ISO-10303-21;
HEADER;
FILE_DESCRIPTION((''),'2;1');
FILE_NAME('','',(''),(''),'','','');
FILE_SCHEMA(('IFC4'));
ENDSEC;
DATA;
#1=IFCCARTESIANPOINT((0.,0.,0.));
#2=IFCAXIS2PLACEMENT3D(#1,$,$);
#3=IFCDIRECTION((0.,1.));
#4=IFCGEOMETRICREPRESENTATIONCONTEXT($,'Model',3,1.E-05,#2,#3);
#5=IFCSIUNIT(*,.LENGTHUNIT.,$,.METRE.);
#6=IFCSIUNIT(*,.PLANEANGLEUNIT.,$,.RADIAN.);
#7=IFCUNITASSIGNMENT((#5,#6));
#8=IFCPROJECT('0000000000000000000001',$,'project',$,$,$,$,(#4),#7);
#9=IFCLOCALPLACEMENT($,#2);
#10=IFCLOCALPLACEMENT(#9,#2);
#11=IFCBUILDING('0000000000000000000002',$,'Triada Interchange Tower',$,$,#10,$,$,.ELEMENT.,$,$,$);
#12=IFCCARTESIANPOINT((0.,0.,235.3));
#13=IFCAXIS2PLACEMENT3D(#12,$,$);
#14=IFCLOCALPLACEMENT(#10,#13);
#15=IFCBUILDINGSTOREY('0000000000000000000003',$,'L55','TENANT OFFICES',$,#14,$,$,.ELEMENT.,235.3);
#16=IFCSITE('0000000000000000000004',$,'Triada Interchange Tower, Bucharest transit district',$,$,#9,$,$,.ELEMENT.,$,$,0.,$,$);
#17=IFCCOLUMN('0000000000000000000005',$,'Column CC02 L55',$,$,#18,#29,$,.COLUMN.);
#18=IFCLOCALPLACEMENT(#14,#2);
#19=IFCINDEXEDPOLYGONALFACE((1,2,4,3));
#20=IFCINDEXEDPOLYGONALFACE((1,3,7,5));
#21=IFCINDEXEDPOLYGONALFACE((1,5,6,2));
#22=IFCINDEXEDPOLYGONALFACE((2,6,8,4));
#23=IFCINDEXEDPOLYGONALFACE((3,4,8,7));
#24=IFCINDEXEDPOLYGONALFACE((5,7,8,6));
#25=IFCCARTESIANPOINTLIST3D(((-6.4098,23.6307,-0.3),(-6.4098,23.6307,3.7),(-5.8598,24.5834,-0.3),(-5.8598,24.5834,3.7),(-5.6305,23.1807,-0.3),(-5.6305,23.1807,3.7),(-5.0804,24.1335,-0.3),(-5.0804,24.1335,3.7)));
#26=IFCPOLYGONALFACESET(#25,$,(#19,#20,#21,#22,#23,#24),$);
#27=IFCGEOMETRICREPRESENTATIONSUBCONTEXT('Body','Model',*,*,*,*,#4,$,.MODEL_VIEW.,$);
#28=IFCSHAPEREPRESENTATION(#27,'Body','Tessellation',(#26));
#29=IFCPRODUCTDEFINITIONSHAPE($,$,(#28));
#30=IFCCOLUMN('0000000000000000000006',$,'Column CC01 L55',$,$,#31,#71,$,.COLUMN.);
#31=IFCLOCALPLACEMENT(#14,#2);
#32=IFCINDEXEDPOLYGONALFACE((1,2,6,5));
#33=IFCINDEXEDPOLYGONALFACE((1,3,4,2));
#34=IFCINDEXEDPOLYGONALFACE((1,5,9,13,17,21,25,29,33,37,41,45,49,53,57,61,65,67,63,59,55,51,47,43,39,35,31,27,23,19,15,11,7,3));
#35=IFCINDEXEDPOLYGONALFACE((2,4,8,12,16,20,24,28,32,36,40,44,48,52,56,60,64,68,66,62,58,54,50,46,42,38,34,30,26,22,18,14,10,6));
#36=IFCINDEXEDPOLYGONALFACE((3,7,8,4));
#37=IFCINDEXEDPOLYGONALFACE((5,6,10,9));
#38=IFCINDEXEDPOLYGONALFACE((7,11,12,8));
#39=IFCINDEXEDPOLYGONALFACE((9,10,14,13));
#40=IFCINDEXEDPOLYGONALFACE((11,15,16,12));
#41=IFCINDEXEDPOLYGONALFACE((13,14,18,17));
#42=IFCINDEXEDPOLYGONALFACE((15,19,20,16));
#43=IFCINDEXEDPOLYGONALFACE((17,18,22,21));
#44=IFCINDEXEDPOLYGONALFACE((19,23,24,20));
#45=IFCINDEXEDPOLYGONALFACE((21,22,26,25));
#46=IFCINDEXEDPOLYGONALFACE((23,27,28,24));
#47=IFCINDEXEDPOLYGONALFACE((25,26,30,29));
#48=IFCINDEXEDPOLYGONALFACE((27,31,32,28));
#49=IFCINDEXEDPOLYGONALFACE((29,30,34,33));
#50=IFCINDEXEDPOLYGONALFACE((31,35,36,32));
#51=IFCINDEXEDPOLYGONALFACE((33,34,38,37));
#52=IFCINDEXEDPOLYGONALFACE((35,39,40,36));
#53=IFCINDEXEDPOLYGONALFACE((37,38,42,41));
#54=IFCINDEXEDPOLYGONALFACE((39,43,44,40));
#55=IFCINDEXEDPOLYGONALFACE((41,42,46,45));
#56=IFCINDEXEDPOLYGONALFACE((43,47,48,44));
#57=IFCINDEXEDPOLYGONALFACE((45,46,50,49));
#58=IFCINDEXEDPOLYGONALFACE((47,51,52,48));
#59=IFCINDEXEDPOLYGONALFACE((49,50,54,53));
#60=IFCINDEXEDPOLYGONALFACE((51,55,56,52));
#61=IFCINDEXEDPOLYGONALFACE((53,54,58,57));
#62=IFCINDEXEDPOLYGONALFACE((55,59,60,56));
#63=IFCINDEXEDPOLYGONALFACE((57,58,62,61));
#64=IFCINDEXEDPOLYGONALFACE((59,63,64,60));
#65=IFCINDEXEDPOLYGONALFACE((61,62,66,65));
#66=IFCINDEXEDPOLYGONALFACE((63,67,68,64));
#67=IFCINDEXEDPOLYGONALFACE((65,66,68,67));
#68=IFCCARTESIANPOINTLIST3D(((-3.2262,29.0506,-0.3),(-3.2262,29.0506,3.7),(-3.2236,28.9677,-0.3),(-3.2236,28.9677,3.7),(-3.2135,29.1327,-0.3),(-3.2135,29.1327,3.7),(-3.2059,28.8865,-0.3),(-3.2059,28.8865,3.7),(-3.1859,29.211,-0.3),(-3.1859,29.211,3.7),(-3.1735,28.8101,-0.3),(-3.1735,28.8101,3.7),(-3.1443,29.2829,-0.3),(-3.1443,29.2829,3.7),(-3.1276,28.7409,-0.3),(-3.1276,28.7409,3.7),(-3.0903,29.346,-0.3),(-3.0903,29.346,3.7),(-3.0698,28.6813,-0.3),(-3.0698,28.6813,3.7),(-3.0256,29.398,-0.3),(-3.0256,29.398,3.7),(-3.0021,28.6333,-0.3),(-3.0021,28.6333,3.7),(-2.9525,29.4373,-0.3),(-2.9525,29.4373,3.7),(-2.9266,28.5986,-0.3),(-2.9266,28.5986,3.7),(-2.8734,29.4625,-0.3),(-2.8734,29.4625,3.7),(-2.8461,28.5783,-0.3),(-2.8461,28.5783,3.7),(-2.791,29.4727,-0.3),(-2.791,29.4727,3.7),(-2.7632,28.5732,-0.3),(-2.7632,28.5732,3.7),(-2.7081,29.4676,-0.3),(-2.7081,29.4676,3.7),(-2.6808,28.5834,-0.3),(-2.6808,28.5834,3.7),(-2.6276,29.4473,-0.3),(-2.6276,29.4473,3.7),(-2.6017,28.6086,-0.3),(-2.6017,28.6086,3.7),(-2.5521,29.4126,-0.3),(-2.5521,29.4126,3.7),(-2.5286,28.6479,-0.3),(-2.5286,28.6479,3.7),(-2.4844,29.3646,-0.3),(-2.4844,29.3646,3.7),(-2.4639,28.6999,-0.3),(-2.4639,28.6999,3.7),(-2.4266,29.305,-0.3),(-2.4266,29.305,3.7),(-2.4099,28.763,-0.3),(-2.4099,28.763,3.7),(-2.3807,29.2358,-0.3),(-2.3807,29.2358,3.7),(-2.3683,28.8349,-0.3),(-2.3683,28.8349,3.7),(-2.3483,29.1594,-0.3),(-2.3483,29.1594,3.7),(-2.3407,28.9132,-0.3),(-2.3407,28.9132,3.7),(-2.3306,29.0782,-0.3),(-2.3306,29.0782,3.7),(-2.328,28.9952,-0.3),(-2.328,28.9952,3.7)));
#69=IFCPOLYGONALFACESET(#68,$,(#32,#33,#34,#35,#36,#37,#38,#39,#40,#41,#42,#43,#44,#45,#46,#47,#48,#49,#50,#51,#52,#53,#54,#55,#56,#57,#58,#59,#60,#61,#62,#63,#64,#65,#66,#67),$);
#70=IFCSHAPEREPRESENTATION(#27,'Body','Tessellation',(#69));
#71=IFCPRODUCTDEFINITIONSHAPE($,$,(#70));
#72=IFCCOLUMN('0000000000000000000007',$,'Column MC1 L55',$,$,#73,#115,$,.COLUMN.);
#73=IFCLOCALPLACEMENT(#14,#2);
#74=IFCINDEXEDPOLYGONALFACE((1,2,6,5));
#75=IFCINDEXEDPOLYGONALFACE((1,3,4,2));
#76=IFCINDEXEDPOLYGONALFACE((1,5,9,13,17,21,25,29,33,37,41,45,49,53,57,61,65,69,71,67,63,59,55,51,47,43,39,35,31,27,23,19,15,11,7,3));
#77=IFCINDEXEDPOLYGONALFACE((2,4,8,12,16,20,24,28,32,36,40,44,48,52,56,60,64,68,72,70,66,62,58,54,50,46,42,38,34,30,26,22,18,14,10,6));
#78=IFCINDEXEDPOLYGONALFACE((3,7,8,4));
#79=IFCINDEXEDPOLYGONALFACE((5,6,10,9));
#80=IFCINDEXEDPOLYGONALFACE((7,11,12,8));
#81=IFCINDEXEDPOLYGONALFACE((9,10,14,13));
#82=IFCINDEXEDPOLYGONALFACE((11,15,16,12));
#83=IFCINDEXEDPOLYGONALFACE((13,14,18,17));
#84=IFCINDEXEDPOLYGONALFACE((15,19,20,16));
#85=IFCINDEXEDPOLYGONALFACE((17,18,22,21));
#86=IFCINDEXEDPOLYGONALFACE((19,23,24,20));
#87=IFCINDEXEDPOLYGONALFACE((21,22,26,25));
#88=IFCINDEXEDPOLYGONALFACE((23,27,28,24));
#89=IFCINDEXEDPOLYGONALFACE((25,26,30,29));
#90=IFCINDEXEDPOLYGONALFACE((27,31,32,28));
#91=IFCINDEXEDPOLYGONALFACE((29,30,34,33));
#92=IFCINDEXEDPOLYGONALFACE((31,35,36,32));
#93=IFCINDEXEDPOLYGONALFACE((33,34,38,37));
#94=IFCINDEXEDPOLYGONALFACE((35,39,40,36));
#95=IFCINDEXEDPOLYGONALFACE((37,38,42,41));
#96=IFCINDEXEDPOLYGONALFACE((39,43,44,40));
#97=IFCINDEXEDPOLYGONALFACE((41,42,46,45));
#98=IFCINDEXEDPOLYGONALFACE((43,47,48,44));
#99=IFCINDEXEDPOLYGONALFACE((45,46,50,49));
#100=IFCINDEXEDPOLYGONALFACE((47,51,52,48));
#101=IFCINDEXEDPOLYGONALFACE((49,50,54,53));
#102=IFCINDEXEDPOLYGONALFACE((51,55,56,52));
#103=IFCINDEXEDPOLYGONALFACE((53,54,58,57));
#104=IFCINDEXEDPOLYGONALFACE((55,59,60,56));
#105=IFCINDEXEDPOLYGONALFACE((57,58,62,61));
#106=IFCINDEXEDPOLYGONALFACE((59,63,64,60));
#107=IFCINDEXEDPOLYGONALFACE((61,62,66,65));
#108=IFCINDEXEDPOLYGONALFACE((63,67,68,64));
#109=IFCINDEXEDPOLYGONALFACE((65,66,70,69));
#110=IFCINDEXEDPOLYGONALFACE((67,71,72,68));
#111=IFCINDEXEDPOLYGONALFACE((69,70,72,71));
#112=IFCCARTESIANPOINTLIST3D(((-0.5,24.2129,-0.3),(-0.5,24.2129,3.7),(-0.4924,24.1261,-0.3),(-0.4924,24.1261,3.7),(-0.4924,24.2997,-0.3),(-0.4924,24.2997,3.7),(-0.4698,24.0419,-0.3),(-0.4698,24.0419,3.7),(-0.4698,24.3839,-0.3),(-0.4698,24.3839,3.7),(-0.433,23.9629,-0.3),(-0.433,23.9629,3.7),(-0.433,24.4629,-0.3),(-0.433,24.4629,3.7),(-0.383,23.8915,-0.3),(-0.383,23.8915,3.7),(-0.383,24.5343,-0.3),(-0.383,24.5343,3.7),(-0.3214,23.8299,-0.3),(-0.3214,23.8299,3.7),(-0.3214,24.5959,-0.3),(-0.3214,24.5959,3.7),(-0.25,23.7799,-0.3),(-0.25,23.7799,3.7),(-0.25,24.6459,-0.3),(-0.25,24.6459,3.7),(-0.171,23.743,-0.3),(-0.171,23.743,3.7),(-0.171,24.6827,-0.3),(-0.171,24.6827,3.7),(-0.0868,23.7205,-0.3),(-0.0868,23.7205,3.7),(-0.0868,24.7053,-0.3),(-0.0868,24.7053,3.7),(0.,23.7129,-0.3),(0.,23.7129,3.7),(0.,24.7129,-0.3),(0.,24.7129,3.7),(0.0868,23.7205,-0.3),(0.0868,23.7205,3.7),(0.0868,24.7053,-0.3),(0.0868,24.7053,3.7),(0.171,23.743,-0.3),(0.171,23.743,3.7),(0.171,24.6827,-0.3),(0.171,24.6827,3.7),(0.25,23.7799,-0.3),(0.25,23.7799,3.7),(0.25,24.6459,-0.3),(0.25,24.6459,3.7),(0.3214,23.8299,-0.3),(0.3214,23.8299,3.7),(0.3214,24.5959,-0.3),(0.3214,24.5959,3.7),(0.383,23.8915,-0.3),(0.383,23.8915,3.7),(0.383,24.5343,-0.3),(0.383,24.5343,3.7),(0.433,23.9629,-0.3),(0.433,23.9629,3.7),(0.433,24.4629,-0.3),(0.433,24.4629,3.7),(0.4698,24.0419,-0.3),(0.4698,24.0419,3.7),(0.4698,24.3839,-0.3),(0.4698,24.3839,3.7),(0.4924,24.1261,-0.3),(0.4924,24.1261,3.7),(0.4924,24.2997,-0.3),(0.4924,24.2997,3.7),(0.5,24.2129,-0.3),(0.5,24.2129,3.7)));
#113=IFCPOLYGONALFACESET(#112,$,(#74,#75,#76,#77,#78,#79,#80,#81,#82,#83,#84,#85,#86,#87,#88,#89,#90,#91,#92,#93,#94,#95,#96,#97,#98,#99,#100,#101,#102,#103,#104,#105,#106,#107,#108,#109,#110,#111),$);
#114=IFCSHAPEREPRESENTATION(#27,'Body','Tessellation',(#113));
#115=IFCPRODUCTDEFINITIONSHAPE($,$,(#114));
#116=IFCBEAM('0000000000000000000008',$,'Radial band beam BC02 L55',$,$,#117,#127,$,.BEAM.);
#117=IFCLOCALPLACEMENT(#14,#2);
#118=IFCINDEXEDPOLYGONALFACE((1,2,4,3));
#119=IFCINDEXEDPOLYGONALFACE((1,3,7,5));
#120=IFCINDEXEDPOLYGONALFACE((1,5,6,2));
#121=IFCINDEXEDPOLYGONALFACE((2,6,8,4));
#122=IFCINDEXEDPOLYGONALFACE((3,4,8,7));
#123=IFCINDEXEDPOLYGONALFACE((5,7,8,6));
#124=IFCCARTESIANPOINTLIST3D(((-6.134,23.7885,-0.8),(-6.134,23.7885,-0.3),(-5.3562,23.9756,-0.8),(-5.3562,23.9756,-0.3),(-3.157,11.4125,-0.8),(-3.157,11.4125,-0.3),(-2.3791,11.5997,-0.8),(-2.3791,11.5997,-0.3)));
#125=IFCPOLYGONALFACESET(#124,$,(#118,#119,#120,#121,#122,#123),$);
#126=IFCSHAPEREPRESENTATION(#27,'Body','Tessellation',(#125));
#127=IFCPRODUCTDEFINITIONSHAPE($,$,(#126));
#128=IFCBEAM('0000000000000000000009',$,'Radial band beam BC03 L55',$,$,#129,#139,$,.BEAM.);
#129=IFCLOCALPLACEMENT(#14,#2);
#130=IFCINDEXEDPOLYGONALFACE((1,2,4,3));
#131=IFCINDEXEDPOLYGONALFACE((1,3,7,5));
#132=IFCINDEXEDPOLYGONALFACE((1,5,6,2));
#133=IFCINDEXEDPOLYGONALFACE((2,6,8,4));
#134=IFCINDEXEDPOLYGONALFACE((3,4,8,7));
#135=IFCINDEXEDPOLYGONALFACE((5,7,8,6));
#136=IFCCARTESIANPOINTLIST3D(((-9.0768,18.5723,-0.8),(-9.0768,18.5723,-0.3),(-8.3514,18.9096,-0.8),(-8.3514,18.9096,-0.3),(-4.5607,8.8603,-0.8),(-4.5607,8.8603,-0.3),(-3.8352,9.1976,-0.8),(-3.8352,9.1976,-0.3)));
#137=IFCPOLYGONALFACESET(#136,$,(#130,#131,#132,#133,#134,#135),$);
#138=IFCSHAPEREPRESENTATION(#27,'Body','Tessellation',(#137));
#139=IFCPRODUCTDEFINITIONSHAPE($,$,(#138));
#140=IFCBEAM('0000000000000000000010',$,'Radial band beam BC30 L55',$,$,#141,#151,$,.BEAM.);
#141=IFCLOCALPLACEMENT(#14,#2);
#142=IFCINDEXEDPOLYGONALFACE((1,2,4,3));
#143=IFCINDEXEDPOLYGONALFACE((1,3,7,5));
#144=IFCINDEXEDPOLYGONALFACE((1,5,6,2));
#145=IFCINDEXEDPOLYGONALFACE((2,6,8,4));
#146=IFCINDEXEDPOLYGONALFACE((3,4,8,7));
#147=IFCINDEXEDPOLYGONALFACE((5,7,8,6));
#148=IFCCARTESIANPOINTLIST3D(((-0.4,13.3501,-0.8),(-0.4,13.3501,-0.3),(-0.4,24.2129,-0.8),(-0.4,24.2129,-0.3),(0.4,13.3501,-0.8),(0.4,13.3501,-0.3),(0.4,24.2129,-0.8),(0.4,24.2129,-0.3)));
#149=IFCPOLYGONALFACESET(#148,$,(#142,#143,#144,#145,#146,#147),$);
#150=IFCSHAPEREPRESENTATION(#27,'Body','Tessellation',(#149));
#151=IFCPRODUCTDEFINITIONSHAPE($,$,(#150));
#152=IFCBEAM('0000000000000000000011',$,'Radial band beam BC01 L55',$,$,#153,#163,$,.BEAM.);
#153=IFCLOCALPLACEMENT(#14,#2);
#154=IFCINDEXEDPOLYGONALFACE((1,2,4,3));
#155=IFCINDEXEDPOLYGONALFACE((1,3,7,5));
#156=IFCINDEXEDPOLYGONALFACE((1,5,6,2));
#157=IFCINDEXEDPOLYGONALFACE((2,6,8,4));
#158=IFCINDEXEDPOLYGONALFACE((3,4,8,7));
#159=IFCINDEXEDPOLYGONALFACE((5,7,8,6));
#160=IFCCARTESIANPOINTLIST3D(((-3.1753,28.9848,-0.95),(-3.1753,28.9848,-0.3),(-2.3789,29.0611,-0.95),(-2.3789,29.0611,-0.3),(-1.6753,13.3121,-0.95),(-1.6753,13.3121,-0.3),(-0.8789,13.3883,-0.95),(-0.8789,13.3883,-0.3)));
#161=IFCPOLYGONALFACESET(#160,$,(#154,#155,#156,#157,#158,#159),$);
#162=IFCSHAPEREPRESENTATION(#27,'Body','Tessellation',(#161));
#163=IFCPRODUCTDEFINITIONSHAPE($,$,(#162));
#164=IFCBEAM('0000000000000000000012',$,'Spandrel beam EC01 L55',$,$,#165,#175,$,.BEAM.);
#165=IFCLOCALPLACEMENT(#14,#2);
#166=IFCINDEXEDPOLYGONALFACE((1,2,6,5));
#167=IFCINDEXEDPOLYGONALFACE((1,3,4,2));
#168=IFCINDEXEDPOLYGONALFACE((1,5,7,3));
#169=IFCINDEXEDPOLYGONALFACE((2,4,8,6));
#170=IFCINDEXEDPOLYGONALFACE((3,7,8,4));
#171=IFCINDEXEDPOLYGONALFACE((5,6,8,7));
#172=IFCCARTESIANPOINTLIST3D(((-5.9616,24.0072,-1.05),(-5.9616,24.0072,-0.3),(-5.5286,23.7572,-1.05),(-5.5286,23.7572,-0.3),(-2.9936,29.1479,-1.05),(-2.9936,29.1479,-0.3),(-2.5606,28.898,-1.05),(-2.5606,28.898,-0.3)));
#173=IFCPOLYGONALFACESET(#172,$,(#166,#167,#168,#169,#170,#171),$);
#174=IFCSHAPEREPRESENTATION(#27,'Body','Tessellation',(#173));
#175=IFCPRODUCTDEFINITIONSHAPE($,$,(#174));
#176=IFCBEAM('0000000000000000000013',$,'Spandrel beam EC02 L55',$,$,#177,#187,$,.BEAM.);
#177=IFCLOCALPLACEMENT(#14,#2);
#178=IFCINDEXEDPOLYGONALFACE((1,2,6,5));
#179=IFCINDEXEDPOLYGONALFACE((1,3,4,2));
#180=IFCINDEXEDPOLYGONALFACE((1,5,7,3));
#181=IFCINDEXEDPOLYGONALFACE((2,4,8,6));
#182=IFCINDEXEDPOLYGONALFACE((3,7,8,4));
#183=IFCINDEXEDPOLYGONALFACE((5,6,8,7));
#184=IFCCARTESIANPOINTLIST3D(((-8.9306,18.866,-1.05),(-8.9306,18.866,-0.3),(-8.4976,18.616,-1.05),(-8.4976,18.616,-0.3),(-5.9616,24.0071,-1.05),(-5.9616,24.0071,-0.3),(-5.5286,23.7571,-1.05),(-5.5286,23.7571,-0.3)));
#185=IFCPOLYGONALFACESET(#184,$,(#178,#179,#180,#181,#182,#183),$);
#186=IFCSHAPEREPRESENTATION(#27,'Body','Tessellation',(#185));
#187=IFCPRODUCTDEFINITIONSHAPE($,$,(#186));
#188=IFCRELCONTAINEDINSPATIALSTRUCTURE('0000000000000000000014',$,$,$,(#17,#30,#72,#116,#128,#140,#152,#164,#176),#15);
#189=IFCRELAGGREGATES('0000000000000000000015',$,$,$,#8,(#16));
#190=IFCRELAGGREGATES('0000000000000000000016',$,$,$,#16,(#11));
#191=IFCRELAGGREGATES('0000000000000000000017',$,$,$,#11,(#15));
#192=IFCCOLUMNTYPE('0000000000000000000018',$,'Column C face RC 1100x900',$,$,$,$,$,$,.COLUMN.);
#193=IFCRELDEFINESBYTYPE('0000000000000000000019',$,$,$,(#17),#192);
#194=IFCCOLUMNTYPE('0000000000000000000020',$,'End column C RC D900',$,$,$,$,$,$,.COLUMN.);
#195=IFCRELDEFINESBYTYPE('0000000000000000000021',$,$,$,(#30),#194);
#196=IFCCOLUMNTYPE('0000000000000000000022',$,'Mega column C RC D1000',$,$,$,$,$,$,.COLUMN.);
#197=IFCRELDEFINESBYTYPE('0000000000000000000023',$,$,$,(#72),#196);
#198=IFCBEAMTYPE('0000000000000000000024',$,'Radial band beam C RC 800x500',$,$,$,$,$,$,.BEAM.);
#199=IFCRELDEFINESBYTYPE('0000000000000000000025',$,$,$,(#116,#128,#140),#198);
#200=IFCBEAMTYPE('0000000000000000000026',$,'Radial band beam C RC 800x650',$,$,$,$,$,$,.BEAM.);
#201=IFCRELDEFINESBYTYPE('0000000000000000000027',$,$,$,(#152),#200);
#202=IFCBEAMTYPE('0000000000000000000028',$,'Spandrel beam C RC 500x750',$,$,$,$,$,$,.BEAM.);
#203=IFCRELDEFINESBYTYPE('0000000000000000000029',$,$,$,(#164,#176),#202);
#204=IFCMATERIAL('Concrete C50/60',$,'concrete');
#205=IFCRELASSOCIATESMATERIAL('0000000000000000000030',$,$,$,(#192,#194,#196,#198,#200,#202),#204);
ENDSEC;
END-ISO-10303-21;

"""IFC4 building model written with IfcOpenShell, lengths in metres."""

from ifc_helpers import new_model, si_unit, direction, frame, origin, origin_2d, place, context, subcontext, project, spatial, rectangle, circle, extrude, material, material_profile, profile_set, type_object, element, save


model = new_model("IFC4")

# Units and contexts
model_context = context("Model", 3, precision=1e-05, world=origin(), true_north=direction((0.0, 1.0)))
body_context = subcontext(model_context, "Body", "Model", "MODEL_VIEW")
ifc_project = project(units=[si_unit("LENGTHUNIT", "METRE"), si_unit("PLANEANGLEUNIT", "RADIAN")], contexts=[model_context])

# Site, building, storey
site_placement = place(None, origin())
site = spatial("IfcSite", under=ifc_project, at=site_placement, Name="Triada Interchange Tower, Bucharest transit district", CompositionType="ELEMENT", RefElevation=0.0)
building_placement = place(site_placement, origin())
building = spatial("IfcBuilding", under=site, at=building_placement, Name="Triada Interchange Tower", CompositionType="ELEMENT")
storey_placement = place(building_placement, frame((0.0, 0.0, 235.3)))
storey = spatial("IfcBuildingStorey", under=building, at=storey_placement, Name="L55", Description="TENANT OFFICES", CompositionType="ELEMENT", Elevation=235.3)

# Columns
ifc_material_1 = material(Name="Concrete C50/60", Category="concrete")
ifc_material_profile_1 = material_profile(ifc_material_1, rectangle(XDim=1.1001, YDim=0.8999, at=origin_2d()), Name="RC 1100x900")
ifc_profile_set_1 = profile_set([ifc_material_profile_1], Name="Concrete C50/60")
column_type_1 = type_object("IfcColumnType", Name="Column C face RC 1100x900", PredefinedType="COLUMN", material=ifc_profile_set_1)
column_1_placement = place(storey_placement, frame((-5.7451, 23.8821, -0.3), z_axis=(0.0, 0.0, 1.0), x_axis=(0.5, 0.866025, 0.0)))
element("IfcColumn", 1, at=column_1_placement, inside=storey, type_object=column_type_1, Name="Column CC02 L55", PredefinedType="COLUMN", context=body_context, shape_type="SweptSolid", body=[
    extrude(rectangle(XDim=1.1001, YDim=0.8999, at=origin_2d()), origin(), (0.0, 0.0, 1.0), 4.0),
])
ifc_material_profile_2 = material_profile(ifc_material_1, circle(Radius=0.45, at=origin_2d()), Name="RC D900")
ifc_profile_set_2 = profile_set([ifc_material_profile_2], Name="Concrete C50/60")
column_type_2 = type_object("IfcColumnType", Name="End column C RC D900", PredefinedType="COLUMN", material=ifc_profile_set_2)
column_2_placement = place(storey_placement, frame((-2.7771, 29.0229, -0.3), z_axis=(0.0, 0.0, 1.0), x_axis=(0.5, 0.866025, 0.0)))
element("IfcColumn", 2, at=column_2_placement, inside=storey, type_object=column_type_2, Name="Column CC01 L55", PredefinedType="COLUMN", context=body_context, shape_type="SweptSolid", body=[
    extrude(circle(Radius=0.45, at=origin_2d()), origin(), (0.0, 0.0, 1.0), 4.0),
])
ifc_material_profile_3 = material_profile(ifc_material_1, circle(Radius=0.5, at=origin_2d()), Name="RC D1000")
ifc_profile_set_3 = profile_set([ifc_material_profile_3], Name="Concrete C50/60")
column_type_3 = type_object("IfcColumnType", Name="Mega column C RC D1000", PredefinedType="COLUMN", material=ifc_profile_set_3)
column_3_placement = place(storey_placement, frame((0.0, 24.2129, -0.3), z_axis=(0.0, 0.0, 1.0), x_axis=(1.0, 0.0, 0.0)))
element("IfcColumn", 3, at=column_3_placement, inside=storey, type_object=column_type_3, Name="Column MC1 L55", PredefinedType="COLUMN", context=body_context, shape_type="SweptSolid", body=[
    extrude(circle(Radius=0.5, at=origin_2d()), origin(), (0.0, 0.0, 1.0), 4.0),
])

# Beams
ifc_material_profile_4 = material_profile(ifc_material_1, rectangle(XDim=0.8, YDim=0.5, at=origin_2d()), Name="RC 800x500")
ifc_profile_set_4 = profile_set([ifc_material_profile_4], Name="Concrete C50/60")
beam_type_1 = type_object("IfcBeamType", Name="Radial band beam C RC 800x500", PredefinedType="BEAM", material=ifc_profile_set_4)
beam_1_placement = place(storey_placement, frame((-5.7451, 23.8821, -0.55), z_axis=(0.233879, -0.972266, 0.0), x_axis=(0.972266, 0.233879, 0.0)))
element("IfcBeam", 4, at=beam_1_placement, inside=storey, type_object=beam_type_1, Name="Radial band beam BC02 L55", PredefinedType="BEAM", context=body_context, shape_type="SweptSolid", body=[
    extrude(rectangle(XDim=0.8, YDim=0.5, at=origin_2d()), origin(), (0.0, 0.0, 1.0), 12.729),
])
beam_2_placement = place(storey_placement, frame((-8.7141, 18.741, -0.55), z_axis=(0.42165, -0.906759, 0.0), x_axis=(0.906759, 0.42165, 0.0)))
element("IfcBeam", 5, at=beam_2_placement, inside=storey, type_object=beam_type_1, Name="Radial band beam BC03 L55", PredefinedType="BEAM", context=body_context, shape_type="SweptSolid", body=[
    extrude(rectangle(XDim=0.8, YDim=0.5, at=origin_2d()), origin(), (0.0, 0.0, 1.0), 10.7107),
])
beam_3_placement = place(storey_placement, frame((0.0, 24.2129, -0.55), z_axis=(0.0, -1.0, 0.0), x_axis=(1.0, 0.0, 0.0)))
element("IfcBeam", 6, at=beam_3_placement, inside=storey, type_object=beam_type_1, Name="Radial band beam BC30 L55", PredefinedType="BEAM", context=body_context, shape_type="SweptSolid", body=[
    extrude(rectangle(XDim=0.8, YDim=0.5, at=origin_2d()), origin(), (0.0, 0.0, 1.0), 10.8628),
])
ifc_material_profile_5 = material_profile(ifc_material_1, rectangle(XDim=0.8, YDim=0.6499, at=origin_2d()), Name="RC 800x650")
ifc_profile_set_5 = profile_set([ifc_material_profile_5], Name="Concrete C50/60")
beam_type_2 = type_object("IfcBeamType", Name="Radial band beam C RC 800x650", PredefinedType="BEAM", material=ifc_profile_set_5)
beam_4_placement = place(storey_placement, frame((-2.7771, 29.0229, -0.625), z_axis=(0.095272, -0.995451, 0.0), x_axis=(0.995451, 0.095272, 0.0)))
element("IfcBeam", 7, at=beam_4_placement, inside=storey, type_object=beam_type_2, Name="Radial band beam BC01 L55", PredefinedType="BEAM", context=body_context, shape_type="SweptSolid", body=[
    extrude(rectangle(XDim=0.8, YDim=0.6499, at=origin_2d()), origin(), (0.0, 0.0, 1.0), 15.7444),
])
ifc_material_profile_6 = material_profile(ifc_material_1, rectangle(XDim=0.5, YDim=0.75, at=origin_2d()), Name="RC 500x750")
ifc_profile_set_6 = profile_set([ifc_material_profile_6], Name="Concrete C50/60")
beam_type_3 = type_object("IfcBeamType", Name="Spandrel beam C RC 500x750", PredefinedType="BEAM", material=ifc_profile_set_6)
beam_5_placement = place(storey_placement, frame((-2.7771, 29.0229, -0.675), z_axis=(-0.499992, -0.86603, 0.0), x_axis=(0.86603, -0.499992, 0.0)))
element("IfcBeam", 8, at=beam_5_placement, inside=storey, type_object=beam_type_3, Name="Spandrel beam EC01 L55", PredefinedType="BEAM", context=body_context, shape_type="SweptSolid", body=[
    extrude(rectangle(XDim=0.5, YDim=0.75, at=origin_2d()), origin(), (0.0, 0.0, 1.0), 5.936),
])
beam_6_placement = place(storey_placement, frame((-5.7451, 23.8821, -0.675), z_axis=(-0.500097, -0.865969, 0.0), x_axis=(0.865969, -0.500097, 0.0)))
element("IfcBeam", 9, at=beam_6_placement, inside=storey, type_object=beam_type_3, Name="Spandrel beam EC02 L55", PredefinedType="BEAM", context=body_context, shape_type="SweptSolid", body=[
    extrude(rectangle(XDim=0.5, YDim=0.75, at=origin_2d()), origin(), (0.0, 0.0, 1.0), 5.9368),
])

save(model, "model.ifc")
